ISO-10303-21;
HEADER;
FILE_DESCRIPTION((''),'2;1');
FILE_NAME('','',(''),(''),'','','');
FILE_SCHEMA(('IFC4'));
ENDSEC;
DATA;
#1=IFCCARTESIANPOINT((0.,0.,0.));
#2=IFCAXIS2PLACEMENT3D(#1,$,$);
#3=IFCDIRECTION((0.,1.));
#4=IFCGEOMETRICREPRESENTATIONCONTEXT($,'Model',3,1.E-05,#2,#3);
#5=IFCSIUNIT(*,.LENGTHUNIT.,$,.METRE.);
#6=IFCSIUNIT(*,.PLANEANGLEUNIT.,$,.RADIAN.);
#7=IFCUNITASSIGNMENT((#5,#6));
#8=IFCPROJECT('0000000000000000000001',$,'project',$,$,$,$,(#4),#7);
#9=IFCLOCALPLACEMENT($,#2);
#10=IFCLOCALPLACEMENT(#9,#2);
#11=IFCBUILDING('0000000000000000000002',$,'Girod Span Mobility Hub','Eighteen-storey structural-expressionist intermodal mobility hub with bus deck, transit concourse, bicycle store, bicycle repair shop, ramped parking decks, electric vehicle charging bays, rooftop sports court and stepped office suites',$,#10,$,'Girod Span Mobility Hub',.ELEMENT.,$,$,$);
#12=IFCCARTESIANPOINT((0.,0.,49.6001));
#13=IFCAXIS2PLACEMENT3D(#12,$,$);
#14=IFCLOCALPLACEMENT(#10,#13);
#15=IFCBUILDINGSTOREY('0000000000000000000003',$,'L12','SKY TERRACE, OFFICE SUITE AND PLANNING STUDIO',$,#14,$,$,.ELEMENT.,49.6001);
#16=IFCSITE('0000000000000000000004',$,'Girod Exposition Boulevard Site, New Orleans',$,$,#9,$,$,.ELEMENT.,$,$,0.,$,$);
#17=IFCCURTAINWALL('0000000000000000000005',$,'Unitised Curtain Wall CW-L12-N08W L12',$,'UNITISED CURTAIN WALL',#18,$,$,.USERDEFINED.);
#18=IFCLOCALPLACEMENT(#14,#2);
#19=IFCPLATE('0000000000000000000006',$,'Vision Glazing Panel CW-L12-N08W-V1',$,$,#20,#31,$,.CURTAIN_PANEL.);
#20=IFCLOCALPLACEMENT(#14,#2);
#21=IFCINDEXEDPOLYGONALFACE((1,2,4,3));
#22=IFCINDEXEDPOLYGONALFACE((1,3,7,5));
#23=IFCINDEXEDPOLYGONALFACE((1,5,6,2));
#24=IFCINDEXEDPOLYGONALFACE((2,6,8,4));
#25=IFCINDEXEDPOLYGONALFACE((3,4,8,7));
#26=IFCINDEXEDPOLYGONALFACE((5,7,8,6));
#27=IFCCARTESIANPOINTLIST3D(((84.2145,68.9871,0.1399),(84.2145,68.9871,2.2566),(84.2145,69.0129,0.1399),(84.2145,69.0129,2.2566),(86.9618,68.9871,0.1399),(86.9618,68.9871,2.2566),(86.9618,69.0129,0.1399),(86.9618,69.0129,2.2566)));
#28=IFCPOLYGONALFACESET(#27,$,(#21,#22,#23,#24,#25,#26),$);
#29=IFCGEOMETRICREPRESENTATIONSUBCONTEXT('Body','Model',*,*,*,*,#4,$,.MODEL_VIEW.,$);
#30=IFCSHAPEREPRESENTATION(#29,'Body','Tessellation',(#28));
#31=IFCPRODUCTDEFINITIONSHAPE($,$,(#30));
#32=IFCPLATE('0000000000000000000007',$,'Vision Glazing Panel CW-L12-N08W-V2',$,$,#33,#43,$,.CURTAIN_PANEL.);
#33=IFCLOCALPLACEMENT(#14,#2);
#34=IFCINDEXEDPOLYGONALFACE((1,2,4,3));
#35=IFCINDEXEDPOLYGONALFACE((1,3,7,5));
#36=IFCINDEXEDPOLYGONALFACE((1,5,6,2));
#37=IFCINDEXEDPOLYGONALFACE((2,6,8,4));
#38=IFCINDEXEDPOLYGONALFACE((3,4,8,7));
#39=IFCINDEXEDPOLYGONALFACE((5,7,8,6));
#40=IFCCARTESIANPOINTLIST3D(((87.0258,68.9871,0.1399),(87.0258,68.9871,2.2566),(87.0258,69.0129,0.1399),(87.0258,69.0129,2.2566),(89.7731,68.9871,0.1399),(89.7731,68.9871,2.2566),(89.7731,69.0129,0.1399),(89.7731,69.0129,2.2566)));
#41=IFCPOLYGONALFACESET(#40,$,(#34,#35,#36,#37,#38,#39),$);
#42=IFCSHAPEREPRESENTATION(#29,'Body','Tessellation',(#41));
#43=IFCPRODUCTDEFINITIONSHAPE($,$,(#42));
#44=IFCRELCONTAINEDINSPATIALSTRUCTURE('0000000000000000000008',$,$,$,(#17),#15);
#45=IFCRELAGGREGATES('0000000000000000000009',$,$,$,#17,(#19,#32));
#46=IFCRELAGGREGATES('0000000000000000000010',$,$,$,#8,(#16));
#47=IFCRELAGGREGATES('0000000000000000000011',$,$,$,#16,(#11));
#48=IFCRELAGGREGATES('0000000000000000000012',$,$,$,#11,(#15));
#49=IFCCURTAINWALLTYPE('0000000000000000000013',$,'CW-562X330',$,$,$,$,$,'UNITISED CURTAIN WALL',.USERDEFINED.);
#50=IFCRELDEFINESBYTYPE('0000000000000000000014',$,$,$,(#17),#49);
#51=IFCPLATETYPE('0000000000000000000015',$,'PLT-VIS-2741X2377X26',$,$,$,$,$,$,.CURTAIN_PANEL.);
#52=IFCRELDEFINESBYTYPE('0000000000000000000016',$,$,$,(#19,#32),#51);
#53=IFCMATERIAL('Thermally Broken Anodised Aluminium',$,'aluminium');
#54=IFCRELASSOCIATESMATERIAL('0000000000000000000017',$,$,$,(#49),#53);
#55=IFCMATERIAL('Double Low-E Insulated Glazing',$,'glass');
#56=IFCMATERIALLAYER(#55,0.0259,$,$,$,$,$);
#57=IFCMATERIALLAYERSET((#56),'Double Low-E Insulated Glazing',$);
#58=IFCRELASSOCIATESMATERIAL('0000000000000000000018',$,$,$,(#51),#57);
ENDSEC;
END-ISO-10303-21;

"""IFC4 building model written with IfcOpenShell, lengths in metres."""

from ifc_helpers import new_model, si_unit, direction, frame, origin, origin_2d, place, context, subcontext, project, spatial, rectangle, extrude, material, layer, layer_set, type_object, element, aggregate, save


model = new_model("IFC4")

# Units and contexts
model_context = context("Model", 3, precision=1e-05, world=origin(), true_north=direction((0.0, 1.0)))
body_context = subcontext(model_context, "Body", "Model", "MODEL_VIEW")
ifc_project = project(units=[si_unit("LENGTHUNIT", "METRE"), si_unit("PLANEANGLEUNIT", "RADIAN")], contexts=[model_context])

# Site, building, storey
site_placement = place(None, origin())
site = spatial("IfcSite", under=ifc_project, at=site_placement, Name="Girod Exposition Boulevard Site, New Orleans", CompositionType="ELEMENT", RefElevation=0.0)
building_placement = place(site_placement, origin())
building = spatial("IfcBuilding", under=site, at=building_placement, Name="Girod Span Mobility Hub", Description="Eighteen-storey structural-expressionist intermodal mobility hub with bus deck, transit concourse, bicycle store, bicycle repair shop, ramped parking decks, electric vehicle charging bays, rooftop sports court and stepped office suites", LongName="Girod Span Mobility Hub", CompositionType="ELEMENT")
storey_placement = place(building_placement, frame((0.0, 0.0, 49.6001)))
storey = spatial("IfcBuildingStorey", under=building, at=storey_placement, Name="L12", Description="SKY TERRACE, OFFICE SUITE AND PLANNING STUDIO", CompositionType="ELEMENT", Elevation=49.6001)

# Curtain wall
ifc_material_1 = material(Name="Thermally Broken Anodised Aluminium", Category="aluminium")
curtain_wall_type = type_object("IfcCurtainWallType", Name="CW-562X330", ElementType="UNITISED CURTAIN WALL", PredefinedType="USERDEFINED", material=ifc_material_1)
curtain_wall_1_placement = place(storey_placement, origin())
curtain_wall_1 = element("IfcCurtainWall", 1, at=curtain_wall_1_placement, inside=storey, type_object=curtain_wall_type, Name="Unitised Curtain Wall CW-L12-N08W L12", ObjectType="UNITISED CURTAIN WALL", PredefinedType="USERDEFINED")

# Plates
ifc_material_2 = material(Name="Double Low-E Insulated Glazing", Category="glass")
ifc_layer_1 = layer(ifc_material_2, 0.0259)
ifc_layer_set_1 = layer_set([ifc_layer_1], Name="Double Low-E Insulated Glazing")
plate_type_1 = type_object("IfcPlateType", Name="PLT-VIS-2741X2377X26", PredefinedType="CURTAIN_PANEL", material=ifc_layer_set_1)
plate_1_placement = place(storey_placement, frame((85.5881, 69.0, 0.1399), z_axis=(0.0, 0.0, 1.0), x_axis=(1.0, 0.0, 0.0)))
plate_1 = element("IfcPlate", 2, at=plate_1_placement, type_object=plate_type_1, Name="Vision Glazing Panel CW-L12-N08W-V1", PredefinedType="CURTAIN_PANEL", context=body_context, shape_type="SweptSolid", body=[
    extrude(rectangle(XDim=2.7473, YDim=0.0259, at=origin_2d()), origin(), (0.0, 0.0, 1.0), 2.1167),
])
plate_2_placement = place(storey_placement, frame((88.3994, 69.0, 0.1399), z_axis=(0.0, 0.0, 1.0), x_axis=(1.0, 0.0, 0.0)))
plate_2 = element("IfcPlate", 3, at=plate_2_placement, type_object=plate_type_1, Name="Vision Glazing Panel CW-L12-N08W-V2", PredefinedType="CURTAIN_PANEL", context=body_context, shape_type="SweptSolid", body=[
    extrude(rectangle(XDim=2.7473, YDim=0.0259, at=origin_2d()), origin(), (0.0, 0.0, 1.0), 2.1167),
])
aggregate(curtain_wall_1, [plate_1, plate_2])

save(model, "model.ifc")
